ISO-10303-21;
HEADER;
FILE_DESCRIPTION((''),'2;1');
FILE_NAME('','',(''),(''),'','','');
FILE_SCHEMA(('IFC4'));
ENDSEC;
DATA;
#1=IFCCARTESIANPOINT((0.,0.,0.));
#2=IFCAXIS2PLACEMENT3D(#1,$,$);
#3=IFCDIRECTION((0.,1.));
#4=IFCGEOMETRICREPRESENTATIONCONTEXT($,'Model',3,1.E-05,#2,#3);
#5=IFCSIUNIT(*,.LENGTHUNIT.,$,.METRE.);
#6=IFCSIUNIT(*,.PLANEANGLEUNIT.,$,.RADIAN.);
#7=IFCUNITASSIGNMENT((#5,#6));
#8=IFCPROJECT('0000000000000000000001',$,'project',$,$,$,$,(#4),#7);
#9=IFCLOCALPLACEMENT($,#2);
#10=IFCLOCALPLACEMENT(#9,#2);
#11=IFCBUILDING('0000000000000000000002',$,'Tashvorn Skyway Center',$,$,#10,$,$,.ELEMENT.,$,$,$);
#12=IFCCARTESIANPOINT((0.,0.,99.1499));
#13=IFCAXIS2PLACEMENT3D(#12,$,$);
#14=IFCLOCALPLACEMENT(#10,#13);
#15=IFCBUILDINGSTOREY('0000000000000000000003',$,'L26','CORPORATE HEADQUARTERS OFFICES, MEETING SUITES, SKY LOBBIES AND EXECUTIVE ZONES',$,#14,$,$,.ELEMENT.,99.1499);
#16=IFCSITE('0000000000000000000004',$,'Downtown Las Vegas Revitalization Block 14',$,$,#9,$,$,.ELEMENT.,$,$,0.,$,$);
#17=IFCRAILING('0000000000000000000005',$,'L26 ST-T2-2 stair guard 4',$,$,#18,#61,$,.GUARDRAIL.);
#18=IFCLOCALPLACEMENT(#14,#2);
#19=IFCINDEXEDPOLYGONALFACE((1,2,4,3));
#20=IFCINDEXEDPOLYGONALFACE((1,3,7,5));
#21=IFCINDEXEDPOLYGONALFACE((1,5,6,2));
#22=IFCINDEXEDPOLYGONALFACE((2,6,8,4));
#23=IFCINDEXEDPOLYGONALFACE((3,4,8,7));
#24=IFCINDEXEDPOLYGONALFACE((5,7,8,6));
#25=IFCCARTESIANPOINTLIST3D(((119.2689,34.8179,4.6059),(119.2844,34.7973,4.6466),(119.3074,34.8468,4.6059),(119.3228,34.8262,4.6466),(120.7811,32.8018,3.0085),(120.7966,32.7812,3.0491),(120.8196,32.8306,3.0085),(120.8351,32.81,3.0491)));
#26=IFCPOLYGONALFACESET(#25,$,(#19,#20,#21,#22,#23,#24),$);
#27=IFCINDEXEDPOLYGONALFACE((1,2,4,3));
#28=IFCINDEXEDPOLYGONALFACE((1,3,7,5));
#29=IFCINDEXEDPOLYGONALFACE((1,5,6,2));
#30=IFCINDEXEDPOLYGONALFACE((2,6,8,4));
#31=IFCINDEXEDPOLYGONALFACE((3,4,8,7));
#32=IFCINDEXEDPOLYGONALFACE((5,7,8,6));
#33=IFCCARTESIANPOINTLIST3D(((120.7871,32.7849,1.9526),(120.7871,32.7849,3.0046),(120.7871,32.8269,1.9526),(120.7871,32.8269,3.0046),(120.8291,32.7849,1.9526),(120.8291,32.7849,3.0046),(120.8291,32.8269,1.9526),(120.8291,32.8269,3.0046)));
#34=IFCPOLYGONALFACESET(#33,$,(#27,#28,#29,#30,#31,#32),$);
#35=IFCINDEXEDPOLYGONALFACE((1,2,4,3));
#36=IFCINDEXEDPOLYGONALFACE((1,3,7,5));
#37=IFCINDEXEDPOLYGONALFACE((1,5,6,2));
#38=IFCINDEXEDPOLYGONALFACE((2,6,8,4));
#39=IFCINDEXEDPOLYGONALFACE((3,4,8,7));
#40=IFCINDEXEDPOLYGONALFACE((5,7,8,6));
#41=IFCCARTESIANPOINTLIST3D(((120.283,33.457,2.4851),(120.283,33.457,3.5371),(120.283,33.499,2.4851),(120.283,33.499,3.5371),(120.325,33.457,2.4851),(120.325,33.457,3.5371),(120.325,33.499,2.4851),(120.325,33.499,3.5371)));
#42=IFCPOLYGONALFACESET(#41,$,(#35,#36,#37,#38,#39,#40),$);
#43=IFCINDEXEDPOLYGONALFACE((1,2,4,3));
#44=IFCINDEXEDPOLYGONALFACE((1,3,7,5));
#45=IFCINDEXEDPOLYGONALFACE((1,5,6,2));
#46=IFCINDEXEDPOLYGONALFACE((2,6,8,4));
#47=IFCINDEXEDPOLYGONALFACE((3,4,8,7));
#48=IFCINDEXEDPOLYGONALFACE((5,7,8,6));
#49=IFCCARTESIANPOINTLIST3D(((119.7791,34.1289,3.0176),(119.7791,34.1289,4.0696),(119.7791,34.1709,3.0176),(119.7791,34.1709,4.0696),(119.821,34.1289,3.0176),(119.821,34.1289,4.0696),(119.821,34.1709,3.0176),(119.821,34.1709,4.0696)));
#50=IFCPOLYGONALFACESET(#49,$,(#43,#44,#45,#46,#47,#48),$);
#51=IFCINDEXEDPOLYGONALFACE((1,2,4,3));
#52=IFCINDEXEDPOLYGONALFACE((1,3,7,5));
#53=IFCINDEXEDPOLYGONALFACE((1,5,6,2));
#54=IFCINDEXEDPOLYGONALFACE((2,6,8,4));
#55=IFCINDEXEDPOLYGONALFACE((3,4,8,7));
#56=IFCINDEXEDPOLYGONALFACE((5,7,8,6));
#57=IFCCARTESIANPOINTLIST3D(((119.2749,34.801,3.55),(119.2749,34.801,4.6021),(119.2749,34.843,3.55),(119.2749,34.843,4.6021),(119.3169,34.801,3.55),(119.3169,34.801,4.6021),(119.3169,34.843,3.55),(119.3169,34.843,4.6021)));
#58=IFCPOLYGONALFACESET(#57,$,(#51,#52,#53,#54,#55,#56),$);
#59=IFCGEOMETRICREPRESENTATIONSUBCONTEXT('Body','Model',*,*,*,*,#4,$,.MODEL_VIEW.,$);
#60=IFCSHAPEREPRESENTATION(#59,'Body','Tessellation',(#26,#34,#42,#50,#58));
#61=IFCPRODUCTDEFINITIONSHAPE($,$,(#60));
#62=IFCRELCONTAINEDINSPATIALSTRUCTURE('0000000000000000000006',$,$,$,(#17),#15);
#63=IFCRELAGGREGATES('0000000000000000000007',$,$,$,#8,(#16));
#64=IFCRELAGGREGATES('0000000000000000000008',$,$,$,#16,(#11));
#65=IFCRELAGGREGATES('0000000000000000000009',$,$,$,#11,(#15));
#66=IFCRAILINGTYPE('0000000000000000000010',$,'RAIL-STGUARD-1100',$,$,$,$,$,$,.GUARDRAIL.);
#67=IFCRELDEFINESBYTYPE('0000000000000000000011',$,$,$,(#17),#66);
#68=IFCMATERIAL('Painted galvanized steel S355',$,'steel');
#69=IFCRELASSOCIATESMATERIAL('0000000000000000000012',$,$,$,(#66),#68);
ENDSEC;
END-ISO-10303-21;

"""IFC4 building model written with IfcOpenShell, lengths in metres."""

from ifc_helpers import new_model, si_unit, direction, frame, origin, origin_2d, place, context, subcontext, project, spatial, rectangle, extrude, material, type_object, element, save


model = new_model("IFC4")

# Units and contexts
model_context = context("Model", 3, precision=1e-05, world=origin(), true_north=direction((0.0, 1.0)))
body_context = subcontext(model_context, "Body", "Model", "MODEL_VIEW")
ifc_project = project(units=[si_unit("LENGTHUNIT", "METRE"), si_unit("PLANEANGLEUNIT", "RADIAN")], contexts=[model_context])

# Site, building, storey
site_placement = place(None, origin())
site = spatial("IfcSite", under=ifc_project, at=site_placement, Name="Downtown Las Vegas Revitalization Block 14", CompositionType="ELEMENT", RefElevation=0.0)
building_placement = place(site_placement, origin())
building = spatial("IfcBuilding", under=site, at=building_placement, Name="Tashvorn Skyway Center", CompositionType="ELEMENT")
storey_placement = place(building_placement, frame((0.0, 0.0, 99.1499)))
storey = spatial("IfcBuildingStorey", under=building, at=storey_placement, Name="L26", Description="CORPORATE HEADQUARTERS OFFICES, MEETING SUITES, SKY LOBBIES AND EXECUTIVE ZONES", CompositionType="ELEMENT", Elevation=99.1499)

# Railing
ifc_material_1 = material(Name="Painted galvanized steel S355", Category="steel")
railing_type_1 = type_object("IfcRailingType", Name="RAIL-STGUARD-1100", PredefinedType="GUARDRAIL", material=ifc_material_1)
railing_1_placement = place(storey_placement, frame((120.8081, 32.8059, 1.9526)))
element("IfcRailing", 1, at=railing_1_placement, inside=storey, type_object=railing_type_1, Name="L26 ST-T2-2 stair guard 4", PredefinedType="GUARDRAIL", context=body_context, shape_type="SweptSolid", body=[
    extrude(rectangle(XDim=0.0481, YDim=0.0481, at=origin_2d()), frame((0.0, 0.0, 1.0762), z_axis=(-0.506802, 0.675681, 0.535357), x_axis=(-0.799977, -0.600031, 0.0)), (0.0, 0.0, 1.0), 2.9839),
    extrude(rectangle(XDim=0.042, YDim=0.042, at=origin_2d()), origin(), (0.0, 0.0, 1.0), 1.052),
    extrude(rectangle(XDim=0.042, YDim=0.042, at=origin_2d()), frame((-0.5042, 0.6721, 0.5325)), (0.0, 0.0, 1.0), 1.052),
    extrude(rectangle(XDim=0.042, YDim=0.042, at=origin_2d()), frame((-1.0081, 1.344, 1.0649)), (0.0, 0.0, 1.0), 1.052),
    extrude(rectangle(XDim=0.042, YDim=0.042, at=origin_2d()), frame((-1.5122, 2.0161, 1.5974)), (0.0, 0.0, 1.0), 1.052),
])

save(model, "model.ifc")
